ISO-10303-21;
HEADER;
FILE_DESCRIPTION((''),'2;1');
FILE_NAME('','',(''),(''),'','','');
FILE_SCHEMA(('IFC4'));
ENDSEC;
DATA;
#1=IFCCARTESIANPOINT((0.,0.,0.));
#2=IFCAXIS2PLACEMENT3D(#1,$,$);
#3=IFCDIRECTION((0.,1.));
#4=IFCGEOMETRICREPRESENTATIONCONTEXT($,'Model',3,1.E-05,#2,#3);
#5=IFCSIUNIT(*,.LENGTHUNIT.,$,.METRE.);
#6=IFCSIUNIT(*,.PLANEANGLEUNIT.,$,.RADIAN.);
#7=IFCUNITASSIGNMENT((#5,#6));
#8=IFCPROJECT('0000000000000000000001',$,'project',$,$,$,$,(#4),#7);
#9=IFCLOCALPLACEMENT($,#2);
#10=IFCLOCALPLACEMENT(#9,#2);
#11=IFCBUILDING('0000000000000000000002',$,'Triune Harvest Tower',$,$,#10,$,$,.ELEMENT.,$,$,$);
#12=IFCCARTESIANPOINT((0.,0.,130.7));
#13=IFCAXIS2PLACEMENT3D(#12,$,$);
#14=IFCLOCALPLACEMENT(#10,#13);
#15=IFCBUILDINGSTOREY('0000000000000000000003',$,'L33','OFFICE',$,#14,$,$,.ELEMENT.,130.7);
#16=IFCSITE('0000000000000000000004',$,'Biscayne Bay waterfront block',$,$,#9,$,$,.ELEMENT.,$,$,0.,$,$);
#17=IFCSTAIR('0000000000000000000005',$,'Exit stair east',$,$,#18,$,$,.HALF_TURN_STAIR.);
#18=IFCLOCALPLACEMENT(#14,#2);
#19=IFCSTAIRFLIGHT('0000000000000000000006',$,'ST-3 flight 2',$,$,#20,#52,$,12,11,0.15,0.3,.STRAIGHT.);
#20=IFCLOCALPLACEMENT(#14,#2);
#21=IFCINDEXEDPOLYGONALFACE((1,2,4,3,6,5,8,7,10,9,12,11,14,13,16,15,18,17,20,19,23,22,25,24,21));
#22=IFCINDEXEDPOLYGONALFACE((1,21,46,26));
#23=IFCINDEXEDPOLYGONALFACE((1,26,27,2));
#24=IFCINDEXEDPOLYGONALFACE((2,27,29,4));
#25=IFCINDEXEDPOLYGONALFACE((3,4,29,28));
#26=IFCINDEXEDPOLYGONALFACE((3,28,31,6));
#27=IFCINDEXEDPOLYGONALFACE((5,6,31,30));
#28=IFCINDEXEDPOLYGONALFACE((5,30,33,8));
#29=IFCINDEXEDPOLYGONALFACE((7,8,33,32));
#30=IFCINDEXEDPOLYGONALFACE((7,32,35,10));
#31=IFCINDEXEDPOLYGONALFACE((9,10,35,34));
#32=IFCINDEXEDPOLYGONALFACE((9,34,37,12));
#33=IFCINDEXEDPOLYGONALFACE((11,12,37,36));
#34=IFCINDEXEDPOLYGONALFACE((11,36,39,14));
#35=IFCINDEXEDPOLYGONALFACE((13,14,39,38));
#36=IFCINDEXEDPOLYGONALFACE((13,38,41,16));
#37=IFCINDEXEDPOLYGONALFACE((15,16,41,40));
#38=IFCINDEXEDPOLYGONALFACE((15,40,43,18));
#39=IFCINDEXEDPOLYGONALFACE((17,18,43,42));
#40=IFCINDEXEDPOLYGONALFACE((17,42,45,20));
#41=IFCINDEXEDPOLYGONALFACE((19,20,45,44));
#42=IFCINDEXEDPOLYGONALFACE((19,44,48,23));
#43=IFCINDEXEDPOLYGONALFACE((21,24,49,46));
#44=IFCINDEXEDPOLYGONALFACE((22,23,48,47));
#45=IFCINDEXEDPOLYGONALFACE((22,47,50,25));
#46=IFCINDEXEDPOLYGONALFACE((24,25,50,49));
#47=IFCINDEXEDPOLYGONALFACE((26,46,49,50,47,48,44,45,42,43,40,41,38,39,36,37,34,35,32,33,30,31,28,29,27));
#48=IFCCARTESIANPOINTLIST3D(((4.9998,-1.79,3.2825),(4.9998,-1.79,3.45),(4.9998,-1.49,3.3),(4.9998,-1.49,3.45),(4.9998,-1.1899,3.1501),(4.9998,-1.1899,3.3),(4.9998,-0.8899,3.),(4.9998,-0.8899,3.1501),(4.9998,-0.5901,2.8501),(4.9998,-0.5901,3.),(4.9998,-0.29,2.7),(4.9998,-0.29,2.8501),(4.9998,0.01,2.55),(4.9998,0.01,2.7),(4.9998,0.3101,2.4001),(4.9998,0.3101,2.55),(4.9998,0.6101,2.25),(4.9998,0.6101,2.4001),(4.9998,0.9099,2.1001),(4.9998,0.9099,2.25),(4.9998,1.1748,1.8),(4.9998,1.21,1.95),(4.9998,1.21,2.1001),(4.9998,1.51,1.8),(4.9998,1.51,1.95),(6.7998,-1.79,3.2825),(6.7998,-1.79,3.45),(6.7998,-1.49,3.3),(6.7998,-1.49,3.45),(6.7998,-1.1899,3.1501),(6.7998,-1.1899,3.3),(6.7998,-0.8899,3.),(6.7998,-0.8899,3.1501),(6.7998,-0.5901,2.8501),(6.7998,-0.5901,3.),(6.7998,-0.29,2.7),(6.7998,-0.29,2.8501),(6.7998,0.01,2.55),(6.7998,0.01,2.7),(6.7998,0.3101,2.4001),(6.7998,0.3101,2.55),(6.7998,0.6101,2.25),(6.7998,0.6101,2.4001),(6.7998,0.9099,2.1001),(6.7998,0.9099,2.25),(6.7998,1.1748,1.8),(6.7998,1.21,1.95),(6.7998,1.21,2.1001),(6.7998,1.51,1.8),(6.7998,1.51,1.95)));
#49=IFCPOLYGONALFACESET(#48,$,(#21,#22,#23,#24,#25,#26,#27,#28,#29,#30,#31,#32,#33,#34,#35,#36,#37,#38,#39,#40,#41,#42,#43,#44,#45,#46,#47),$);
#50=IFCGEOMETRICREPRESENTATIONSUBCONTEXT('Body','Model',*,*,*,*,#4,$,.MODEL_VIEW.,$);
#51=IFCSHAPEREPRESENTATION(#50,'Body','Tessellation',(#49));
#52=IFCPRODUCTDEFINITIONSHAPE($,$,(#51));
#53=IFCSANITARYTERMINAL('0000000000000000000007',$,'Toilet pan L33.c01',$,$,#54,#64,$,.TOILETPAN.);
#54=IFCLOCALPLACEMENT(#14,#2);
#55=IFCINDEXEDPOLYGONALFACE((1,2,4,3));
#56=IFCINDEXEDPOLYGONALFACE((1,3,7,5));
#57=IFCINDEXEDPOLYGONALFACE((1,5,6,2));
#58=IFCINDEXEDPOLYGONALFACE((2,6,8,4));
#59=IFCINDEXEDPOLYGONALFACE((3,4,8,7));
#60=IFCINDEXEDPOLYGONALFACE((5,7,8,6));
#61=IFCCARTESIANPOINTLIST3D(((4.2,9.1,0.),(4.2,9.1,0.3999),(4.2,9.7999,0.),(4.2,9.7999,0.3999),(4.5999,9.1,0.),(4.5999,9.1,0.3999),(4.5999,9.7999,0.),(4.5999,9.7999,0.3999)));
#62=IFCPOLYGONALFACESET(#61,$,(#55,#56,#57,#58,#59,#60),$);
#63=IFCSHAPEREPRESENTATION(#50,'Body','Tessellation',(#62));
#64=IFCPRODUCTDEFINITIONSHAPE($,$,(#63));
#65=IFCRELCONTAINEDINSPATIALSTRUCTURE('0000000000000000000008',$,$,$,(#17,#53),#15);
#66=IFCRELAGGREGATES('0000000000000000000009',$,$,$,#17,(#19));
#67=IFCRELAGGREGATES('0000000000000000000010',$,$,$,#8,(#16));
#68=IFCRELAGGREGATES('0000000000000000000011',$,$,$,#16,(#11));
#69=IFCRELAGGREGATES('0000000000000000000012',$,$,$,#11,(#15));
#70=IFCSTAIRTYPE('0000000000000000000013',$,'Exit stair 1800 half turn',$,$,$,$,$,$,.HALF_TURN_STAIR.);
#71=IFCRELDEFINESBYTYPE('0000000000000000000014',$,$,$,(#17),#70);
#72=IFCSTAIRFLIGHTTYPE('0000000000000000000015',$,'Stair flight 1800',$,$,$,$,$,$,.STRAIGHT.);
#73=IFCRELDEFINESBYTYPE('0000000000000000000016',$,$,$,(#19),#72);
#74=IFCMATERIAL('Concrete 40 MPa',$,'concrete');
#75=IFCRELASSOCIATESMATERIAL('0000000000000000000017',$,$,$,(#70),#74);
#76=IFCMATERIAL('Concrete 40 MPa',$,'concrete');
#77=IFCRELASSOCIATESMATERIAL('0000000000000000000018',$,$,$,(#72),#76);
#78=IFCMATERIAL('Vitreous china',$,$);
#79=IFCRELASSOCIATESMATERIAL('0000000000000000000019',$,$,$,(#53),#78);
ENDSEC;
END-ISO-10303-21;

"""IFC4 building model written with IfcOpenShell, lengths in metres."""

from ifc_helpers import new_model, si_unit, direction, frame, origin, origin_2d, place, context, subcontext, project, spatial, polyline, rectangle, outline, extrude, source, transform, mapped, material, type_object, element, aggregate, save


model = new_model("IFC4")

# Units and contexts
model_context = context("Model", 3, precision=1e-05, world=origin(), true_north=direction((0.0, 1.0)))
body_context = subcontext(model_context, "Body", "Model", "MODEL_VIEW")
ifc_project = project(units=[si_unit("LENGTHUNIT", "METRE"), si_unit("PLANEANGLEUNIT", "RADIAN")], contexts=[model_context])

# Site, building, storey
site_placement = place(None, origin())
site = spatial("IfcSite", under=ifc_project, at=site_placement, Name="Biscayne Bay waterfront block", CompositionType="ELEMENT", RefElevation=0.0)
building_placement = place(site_placement, origin())
building = spatial("IfcBuilding", under=site, at=building_placement, Name="Triune Harvest Tower", CompositionType="ELEMENT")
storey_placement = place(building_placement, frame((0.0, 0.0, 130.7)))
storey = spatial("IfcBuildingStorey", under=building, at=storey_placement, Name="L33", Description="OFFICE", CompositionType="ELEMENT", Elevation=130.7)

# Stair, stair flight
ifc_material_1 = material(Name="Concrete 40 MPa", Category="concrete")
stair_type = type_object("IfcStairType", Name="Exit stair 1800 half turn", PredefinedType="HALF_TURN_STAIR", material=ifc_material_1)
stair_placement = place(storey_placement, origin())
stair = element("IfcStair", 1, at=stair_placement, inside=storey, type_object=stair_type, Name="Exit stair east", PredefinedType="HALF_TURN_STAIR")
ifc_material_2 = material(Name="Concrete 40 MPa", Category="concrete")
stair_flight_type = type_object("IfcStairFlightType", Name="Stair flight 1800", PredefinedType="STRAIGHT", material=ifc_material_2)
shared_shape_1 = source(origin(), body_context, "Body", "SweptSolid", [
    extrude(outline(polyline([(0.0, 0.0), (0.0, 0.1499), (0.3, 0.1499), (0.3, 0.3), (0.6001, 0.3), (0.6001, 0.45), (0.8999, 0.45), (0.8999, 0.6001), (1.2, 0.6001), (1.2, 0.75), (1.5, 0.75), (1.5, 0.8999), (1.8, 0.8999), (1.8, 1.05), (2.1001, 1.05), (2.1001, 1.2), (2.3999, 1.2), (2.3999, 1.3501), (2.7, 1.3501), (2.7, 1.5), (3.0, 1.5), (3.0, 1.6499), (3.3, 1.6499), (3.3, 1.8), (3.3, 1.4824), (0.3352, 0.0), (0.0, 0.0)])), frame((0.0, 0.8999, 0.0), z_axis=(0.0, -1.0, 0.0), x_axis=(1.0, 0.0, 0.0)), (0.0, 0.0, 1.0), 1.8),
])
stair_flight_placement = place(storey_placement, frame((5.8999, 1.51, 1.8), z_axis=(0.0, 0.0, 1.0), x_axis=(0.0, -1.0, 0.0)))
stair_flight = element("IfcStairFlight", 2, at=stair_flight_placement, type_object=stair_flight_type, Name="ST-3 flight 2", NumberOfRisers=12, NumberOfTreads=11, PredefinedType="STRAIGHT", RiserHeight=0.15, TreadLength=0.3, context=body_context, shape_type="MappedRepresentation", body=[
    mapped(shared_shape_1, transform((0.0, 0.0, 0.0), scale=1.0)),
])
aggregate(stair, [stair_flight])

# Sanitary terminal
ifc_material_3 = material(Name="Vitreous china")
shared_shape_2 = source(origin(), body_context, "Body", "SweptSolid", [
    extrude(rectangle(XDim=0.3999, YDim=0.7, at=origin_2d()), origin(), (0.0, 0.0, 1.0), 0.3999),
])
sanitary_terminal_placement = place(storey_placement, frame((4.3999, 9.45, 0.0), z_axis=(0.0, 0.0, 1.0), x_axis=(1.0, 0.0, 0.0)))
element("IfcSanitaryTerminal", 3, at=sanitary_terminal_placement, inside=storey, material=ifc_material_3, Name="Toilet pan L33.c01", PredefinedType="TOILETPAN", context=body_context, shape_type="MappedRepresentation", body=[
    mapped(shared_shape_2, transform((0.0, 0.0, 0.0), scale=1.0)),
])

save(model, "model.ifc")
